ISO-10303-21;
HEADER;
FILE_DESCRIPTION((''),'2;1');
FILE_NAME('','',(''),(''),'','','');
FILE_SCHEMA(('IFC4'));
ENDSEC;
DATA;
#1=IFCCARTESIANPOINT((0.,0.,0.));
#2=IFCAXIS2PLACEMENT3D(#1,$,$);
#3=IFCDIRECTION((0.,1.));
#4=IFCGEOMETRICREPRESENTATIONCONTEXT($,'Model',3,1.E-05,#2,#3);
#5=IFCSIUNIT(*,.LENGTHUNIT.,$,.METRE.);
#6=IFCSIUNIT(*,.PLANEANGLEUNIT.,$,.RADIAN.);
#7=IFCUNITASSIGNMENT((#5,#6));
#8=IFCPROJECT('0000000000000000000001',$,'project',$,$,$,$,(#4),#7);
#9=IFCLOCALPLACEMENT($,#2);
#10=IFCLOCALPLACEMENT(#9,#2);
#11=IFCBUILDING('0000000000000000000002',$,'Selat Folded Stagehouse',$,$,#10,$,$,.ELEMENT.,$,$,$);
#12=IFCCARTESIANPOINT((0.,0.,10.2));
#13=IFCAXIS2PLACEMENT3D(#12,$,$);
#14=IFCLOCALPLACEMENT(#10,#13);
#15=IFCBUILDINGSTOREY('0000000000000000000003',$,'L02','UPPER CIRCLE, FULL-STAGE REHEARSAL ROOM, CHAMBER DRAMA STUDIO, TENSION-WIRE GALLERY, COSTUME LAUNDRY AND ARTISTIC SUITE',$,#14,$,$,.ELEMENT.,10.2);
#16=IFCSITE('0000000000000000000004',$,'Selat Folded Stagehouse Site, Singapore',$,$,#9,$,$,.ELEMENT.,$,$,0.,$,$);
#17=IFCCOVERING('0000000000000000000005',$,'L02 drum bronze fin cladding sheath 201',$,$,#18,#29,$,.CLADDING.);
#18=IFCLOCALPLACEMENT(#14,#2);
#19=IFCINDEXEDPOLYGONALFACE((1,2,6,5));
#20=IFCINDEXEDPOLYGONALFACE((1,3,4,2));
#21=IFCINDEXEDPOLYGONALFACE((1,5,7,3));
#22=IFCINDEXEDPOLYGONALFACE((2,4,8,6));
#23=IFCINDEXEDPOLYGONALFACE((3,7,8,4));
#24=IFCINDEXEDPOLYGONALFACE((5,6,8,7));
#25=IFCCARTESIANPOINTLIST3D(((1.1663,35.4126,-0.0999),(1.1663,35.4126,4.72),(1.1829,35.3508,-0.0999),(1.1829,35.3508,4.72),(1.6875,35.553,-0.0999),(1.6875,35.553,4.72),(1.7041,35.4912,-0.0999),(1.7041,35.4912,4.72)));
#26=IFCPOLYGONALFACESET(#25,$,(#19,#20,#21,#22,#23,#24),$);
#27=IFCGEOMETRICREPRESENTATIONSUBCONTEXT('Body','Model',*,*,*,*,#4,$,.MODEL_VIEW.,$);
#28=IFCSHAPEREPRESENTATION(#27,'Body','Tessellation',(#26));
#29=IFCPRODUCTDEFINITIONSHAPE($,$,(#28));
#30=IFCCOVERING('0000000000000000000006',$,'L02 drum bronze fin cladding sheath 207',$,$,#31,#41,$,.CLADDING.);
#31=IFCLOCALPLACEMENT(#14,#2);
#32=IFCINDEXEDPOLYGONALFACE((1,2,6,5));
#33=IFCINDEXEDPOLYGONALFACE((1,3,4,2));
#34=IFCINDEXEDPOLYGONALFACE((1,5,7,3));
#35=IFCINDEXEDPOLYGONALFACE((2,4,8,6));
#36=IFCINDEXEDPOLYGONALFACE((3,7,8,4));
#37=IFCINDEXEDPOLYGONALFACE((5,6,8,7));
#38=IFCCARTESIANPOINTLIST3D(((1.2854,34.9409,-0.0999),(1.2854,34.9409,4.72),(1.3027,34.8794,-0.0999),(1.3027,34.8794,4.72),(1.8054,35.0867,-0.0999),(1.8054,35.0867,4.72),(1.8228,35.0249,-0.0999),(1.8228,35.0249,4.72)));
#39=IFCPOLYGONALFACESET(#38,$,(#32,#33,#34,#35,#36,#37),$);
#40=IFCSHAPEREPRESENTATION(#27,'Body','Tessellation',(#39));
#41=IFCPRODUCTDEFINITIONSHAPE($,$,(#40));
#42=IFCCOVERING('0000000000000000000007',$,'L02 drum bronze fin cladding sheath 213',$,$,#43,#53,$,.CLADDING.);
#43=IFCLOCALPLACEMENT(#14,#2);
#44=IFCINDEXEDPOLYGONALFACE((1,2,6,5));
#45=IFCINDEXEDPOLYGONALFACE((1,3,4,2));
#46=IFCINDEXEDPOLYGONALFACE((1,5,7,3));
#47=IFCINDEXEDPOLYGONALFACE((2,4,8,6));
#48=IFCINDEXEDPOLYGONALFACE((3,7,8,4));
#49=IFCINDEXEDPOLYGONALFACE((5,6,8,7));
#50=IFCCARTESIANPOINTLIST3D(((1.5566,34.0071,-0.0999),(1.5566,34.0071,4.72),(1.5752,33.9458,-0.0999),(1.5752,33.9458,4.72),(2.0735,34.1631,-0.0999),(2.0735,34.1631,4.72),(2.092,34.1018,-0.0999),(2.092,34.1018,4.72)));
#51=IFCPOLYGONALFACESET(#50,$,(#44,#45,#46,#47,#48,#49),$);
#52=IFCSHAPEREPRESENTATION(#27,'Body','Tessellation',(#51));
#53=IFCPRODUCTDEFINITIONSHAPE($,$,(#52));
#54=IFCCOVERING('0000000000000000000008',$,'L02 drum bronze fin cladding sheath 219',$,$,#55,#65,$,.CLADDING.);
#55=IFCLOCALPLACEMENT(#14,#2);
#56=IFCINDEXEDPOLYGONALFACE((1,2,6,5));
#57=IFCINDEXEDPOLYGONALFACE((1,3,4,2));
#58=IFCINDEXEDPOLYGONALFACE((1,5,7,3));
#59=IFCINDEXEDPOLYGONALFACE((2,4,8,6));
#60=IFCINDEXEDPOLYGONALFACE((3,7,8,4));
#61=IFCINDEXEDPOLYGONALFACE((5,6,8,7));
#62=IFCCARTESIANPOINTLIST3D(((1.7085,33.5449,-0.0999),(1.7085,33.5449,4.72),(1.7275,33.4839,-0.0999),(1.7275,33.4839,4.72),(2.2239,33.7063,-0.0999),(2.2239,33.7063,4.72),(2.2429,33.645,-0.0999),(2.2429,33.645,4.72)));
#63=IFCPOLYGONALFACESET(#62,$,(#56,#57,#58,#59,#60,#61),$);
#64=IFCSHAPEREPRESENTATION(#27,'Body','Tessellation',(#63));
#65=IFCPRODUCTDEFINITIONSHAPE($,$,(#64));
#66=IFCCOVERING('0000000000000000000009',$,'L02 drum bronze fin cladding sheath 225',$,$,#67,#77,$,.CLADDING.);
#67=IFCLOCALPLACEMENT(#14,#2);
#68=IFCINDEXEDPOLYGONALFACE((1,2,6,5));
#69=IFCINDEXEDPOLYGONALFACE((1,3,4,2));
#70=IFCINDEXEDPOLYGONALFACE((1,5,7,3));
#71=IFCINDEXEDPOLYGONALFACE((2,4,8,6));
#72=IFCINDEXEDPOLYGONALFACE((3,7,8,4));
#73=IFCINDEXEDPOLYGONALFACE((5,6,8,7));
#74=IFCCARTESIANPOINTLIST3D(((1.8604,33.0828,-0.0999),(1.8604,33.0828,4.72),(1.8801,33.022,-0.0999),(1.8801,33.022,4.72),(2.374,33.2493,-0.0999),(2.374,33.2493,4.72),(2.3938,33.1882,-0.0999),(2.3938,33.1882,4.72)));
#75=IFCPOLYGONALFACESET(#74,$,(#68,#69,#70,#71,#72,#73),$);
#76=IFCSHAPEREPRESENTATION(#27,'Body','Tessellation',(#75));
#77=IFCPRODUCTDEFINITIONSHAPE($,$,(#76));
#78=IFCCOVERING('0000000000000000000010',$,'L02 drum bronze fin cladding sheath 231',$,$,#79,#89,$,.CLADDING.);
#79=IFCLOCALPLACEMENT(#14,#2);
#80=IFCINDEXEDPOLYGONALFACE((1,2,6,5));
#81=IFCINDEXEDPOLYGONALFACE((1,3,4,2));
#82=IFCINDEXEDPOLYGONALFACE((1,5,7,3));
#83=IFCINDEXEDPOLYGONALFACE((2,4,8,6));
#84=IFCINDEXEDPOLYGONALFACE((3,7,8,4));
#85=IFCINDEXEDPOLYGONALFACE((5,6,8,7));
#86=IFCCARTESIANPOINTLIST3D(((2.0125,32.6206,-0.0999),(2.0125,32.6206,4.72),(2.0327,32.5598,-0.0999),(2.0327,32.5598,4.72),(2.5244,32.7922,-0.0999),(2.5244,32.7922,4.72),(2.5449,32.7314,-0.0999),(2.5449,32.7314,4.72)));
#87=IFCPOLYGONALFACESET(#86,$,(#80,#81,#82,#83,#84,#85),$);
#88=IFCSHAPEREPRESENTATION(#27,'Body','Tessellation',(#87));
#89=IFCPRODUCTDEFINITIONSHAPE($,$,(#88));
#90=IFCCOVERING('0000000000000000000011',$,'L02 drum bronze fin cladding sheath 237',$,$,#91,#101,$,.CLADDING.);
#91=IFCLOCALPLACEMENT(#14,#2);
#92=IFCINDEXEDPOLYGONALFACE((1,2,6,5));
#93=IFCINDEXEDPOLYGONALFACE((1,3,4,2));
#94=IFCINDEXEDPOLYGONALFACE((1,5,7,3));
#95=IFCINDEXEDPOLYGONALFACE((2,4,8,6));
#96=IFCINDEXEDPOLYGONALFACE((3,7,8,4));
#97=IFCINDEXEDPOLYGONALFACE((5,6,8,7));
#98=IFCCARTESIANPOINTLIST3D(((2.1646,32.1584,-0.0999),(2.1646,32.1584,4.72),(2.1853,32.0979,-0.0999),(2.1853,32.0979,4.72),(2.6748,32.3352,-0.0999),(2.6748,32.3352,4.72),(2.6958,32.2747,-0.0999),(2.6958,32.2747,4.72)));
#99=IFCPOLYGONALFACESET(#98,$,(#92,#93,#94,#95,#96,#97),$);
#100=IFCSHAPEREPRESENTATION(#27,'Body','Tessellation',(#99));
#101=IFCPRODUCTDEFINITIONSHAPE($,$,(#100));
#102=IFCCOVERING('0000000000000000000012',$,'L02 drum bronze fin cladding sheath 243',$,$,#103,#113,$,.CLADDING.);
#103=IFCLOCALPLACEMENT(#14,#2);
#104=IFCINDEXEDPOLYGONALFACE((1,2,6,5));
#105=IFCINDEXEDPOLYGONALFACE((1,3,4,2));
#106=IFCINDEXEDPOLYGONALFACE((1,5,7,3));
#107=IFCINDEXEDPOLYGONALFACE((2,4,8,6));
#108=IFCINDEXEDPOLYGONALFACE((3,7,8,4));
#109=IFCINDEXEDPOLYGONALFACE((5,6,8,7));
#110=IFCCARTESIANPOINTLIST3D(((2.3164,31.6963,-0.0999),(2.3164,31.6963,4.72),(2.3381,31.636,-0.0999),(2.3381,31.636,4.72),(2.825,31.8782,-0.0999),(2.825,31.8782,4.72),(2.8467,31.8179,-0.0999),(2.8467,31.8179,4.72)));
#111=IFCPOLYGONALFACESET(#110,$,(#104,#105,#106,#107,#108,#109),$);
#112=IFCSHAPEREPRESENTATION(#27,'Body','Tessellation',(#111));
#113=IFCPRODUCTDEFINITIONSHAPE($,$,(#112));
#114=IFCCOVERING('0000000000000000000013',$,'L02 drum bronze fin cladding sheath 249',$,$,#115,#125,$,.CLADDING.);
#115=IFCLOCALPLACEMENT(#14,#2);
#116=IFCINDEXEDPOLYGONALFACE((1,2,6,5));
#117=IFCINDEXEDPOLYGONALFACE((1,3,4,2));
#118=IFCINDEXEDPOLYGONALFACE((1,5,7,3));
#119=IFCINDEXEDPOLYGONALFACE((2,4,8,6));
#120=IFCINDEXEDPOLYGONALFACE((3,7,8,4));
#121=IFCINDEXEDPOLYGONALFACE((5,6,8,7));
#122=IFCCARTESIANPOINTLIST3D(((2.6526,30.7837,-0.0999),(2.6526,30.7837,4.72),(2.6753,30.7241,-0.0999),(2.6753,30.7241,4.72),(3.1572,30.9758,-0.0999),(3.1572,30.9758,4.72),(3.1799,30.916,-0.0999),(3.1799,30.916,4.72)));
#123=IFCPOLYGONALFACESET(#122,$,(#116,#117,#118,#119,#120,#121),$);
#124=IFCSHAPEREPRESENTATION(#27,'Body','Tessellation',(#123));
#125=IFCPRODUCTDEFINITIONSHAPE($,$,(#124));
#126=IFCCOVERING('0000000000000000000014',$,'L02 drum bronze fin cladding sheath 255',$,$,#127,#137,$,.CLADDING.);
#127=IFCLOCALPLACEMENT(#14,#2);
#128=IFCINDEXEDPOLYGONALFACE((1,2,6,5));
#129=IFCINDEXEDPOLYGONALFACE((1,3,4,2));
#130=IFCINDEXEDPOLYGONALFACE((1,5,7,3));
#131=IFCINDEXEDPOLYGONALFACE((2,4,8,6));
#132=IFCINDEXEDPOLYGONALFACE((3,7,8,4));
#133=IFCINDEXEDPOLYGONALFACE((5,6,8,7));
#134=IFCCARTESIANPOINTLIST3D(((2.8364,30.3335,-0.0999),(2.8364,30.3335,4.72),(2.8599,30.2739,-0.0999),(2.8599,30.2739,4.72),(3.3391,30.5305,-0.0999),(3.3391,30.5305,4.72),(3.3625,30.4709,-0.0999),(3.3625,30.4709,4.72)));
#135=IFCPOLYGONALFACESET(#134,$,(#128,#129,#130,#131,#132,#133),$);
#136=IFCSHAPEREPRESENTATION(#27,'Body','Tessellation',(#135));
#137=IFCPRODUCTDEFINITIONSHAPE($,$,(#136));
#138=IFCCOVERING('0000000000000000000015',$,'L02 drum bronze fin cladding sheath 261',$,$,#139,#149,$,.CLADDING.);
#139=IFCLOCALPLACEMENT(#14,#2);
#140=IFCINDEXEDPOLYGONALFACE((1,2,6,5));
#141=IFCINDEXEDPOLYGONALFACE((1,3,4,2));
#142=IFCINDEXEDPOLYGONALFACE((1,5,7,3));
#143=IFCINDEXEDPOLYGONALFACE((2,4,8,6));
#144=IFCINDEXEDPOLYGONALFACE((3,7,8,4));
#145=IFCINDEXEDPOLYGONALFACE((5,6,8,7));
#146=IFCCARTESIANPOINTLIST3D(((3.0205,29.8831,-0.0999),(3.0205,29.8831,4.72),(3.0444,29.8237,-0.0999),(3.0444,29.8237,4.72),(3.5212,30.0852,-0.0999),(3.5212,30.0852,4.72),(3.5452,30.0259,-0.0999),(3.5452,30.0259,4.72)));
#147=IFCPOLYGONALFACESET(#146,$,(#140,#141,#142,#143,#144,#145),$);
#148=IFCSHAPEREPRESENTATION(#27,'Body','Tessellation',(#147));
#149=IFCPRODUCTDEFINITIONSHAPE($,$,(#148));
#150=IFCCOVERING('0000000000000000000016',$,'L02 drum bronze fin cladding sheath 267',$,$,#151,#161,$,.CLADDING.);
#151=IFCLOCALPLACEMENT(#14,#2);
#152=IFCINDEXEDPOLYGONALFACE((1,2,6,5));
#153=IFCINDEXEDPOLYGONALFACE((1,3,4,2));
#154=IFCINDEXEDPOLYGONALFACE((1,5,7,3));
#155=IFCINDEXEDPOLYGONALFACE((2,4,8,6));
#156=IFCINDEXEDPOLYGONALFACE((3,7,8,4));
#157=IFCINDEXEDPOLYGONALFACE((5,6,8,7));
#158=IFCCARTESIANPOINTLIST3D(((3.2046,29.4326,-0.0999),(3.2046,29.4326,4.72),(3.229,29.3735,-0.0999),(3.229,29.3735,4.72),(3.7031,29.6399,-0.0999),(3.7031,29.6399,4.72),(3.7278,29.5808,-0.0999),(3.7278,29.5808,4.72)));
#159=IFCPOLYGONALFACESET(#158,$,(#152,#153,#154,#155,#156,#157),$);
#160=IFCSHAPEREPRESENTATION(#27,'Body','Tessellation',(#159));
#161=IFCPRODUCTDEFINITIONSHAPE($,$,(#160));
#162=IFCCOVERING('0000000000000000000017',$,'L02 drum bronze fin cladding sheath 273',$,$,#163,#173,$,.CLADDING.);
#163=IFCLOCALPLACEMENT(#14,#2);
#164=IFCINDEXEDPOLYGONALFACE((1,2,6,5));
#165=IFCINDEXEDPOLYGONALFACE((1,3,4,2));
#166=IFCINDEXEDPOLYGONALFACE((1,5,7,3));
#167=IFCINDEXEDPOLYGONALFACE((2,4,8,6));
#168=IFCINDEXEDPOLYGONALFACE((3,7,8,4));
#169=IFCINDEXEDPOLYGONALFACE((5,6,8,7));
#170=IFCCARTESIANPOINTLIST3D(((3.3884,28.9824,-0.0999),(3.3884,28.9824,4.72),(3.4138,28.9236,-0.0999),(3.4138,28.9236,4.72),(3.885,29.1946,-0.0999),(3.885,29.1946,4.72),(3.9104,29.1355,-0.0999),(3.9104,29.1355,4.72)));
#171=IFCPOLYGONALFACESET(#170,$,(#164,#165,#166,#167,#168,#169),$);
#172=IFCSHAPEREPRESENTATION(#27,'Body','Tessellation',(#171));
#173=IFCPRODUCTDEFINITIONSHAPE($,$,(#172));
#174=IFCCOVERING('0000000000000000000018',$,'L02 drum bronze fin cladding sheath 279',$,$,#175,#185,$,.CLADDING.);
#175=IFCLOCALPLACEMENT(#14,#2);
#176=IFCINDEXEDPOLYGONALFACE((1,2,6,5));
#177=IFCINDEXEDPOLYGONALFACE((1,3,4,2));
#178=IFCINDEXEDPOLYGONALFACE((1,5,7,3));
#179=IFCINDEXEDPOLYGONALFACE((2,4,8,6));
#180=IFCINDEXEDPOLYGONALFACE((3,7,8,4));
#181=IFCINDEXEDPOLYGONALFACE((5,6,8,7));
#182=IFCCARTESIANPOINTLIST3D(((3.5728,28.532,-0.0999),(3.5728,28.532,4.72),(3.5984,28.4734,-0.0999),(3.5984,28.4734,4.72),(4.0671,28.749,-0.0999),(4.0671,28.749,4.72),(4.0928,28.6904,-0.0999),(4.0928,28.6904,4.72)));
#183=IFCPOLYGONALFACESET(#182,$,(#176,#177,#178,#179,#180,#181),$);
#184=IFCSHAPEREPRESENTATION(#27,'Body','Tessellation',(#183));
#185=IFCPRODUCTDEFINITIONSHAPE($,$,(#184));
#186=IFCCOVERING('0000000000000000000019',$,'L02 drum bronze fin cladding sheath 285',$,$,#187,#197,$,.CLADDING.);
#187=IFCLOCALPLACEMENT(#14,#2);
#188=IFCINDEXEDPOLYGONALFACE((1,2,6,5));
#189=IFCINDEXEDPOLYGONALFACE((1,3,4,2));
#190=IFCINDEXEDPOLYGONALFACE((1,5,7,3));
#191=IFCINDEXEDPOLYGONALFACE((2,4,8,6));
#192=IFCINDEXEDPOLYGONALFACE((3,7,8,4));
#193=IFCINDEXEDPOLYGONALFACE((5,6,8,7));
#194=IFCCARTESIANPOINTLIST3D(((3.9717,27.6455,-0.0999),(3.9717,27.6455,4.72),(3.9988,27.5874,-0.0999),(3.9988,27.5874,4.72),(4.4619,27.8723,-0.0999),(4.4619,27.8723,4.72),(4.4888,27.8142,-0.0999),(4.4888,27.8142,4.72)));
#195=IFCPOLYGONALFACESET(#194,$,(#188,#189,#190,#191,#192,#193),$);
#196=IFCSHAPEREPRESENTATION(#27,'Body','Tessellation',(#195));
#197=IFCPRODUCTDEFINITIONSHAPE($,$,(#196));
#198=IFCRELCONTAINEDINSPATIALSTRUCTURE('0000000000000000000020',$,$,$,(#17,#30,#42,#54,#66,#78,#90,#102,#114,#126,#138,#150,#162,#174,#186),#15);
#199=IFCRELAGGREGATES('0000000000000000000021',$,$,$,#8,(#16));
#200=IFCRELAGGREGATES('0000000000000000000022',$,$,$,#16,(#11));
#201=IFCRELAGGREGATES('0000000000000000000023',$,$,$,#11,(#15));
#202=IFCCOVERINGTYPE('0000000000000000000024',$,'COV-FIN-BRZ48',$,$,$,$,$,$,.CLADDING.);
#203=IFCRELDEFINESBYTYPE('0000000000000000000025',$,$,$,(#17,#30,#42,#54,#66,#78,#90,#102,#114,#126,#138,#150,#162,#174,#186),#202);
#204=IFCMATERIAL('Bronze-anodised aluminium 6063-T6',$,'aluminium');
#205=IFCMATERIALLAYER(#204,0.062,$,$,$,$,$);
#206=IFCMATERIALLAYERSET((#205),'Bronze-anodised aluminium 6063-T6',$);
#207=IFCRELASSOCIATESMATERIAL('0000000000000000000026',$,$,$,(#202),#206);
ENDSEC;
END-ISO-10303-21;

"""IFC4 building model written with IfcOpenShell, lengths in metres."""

from ifc_helpers import new_model, si_unit, direction, frame, origin, place, context, subcontext, project, spatial, polyline, outline, extrude, material, layer, layer_set, type_object, element, save


model = new_model("IFC4")

# Units and contexts
model_context = context("Model", 3, precision=1e-05, world=origin(), true_north=direction((0.0, 1.0)))
body_context = subcontext(model_context, "Body", "Model", "MODEL_VIEW")
ifc_project = project(units=[si_unit("LENGTHUNIT", "METRE"), si_unit("PLANEANGLEUNIT", "RADIAN")], contexts=[model_context])

# Site, building, storey
site_placement = place(None, origin())
site = spatial("IfcSite", under=ifc_project, at=site_placement, Name="Selat Folded Stagehouse Site, Singapore", CompositionType="ELEMENT", RefElevation=0.0)
building_placement = place(site_placement, origin())
building = spatial("IfcBuilding", under=site, at=building_placement, Name="Selat Folded Stagehouse", CompositionType="ELEMENT")
storey_placement = place(building_placement, frame((0.0, 0.0, 10.2)))
storey = spatial("IfcBuildingStorey", under=building, at=storey_placement, Name="L02", Description="UPPER CIRCLE, FULL-STAGE REHEARSAL ROOM, CHAMBER DRAMA STUDIO, TENSION-WIRE GALLERY, COSTUME LAUNDRY AND ARTISTIC SUITE", CompositionType="ELEMENT", Elevation=10.2)

# Coverings
ifc_material = material(Name="Bronze-anodised aluminium 6063-T6", Category="aluminium")
ifc_layer = layer(ifc_material, 0.062)
ifc_layer_set = layer_set([ifc_layer], Name="Bronze-anodised aluminium 6063-T6")
covering_type = type_object("IfcCoveringType", Name="COV-FIN-BRZ48", PredefinedType="CLADDING", material=ifc_layer_set)
covering_1_placement = place(storey_placement, frame((0.0, 0.0, -0.0999)))
element("IfcCovering", 1, at=covering_1_placement, inside=storey, type_object=covering_type, Name="L02 drum bronze fin cladding sheath 201", PredefinedType="CLADDING", context=body_context, shape_type="SweptSolid", body=[
    extrude(outline(polyline([(1.6875, 35.553), (1.1663, 35.4126), (1.1829, 35.3508), (1.7041, 35.4912), (1.6875, 35.553)])), origin(), (0.0, 0.0, 1.0), 4.8198),
])
covering_2_placement = place(storey_placement, frame((0.0, 0.0, -0.0999)))
element("IfcCovering", 2, at=covering_2_placement, inside=storey, type_object=covering_type, Name="L02 drum bronze fin cladding sheath 207", PredefinedType="CLADDING", context=body_context, shape_type="SweptSolid", body=[
    extrude(outline(polyline([(1.8054, 35.0867), (1.2854, 34.9409), (1.3027, 34.8794), (1.8228, 35.0249), (1.8054, 35.0867)])), origin(), (0.0, 0.0, 1.0), 4.8198),
])
covering_3_placement = place(storey_placement, frame((0.0, 0.0, -0.0999)))
element("IfcCovering", 3, at=covering_3_placement, inside=storey, type_object=covering_type, Name="L02 drum bronze fin cladding sheath 213", PredefinedType="CLADDING", context=body_context, shape_type="SweptSolid", body=[
    extrude(outline(polyline([(2.0735, 34.1631), (1.5566, 34.0071), (1.5752, 33.9458), (2.092, 34.1018), (2.0735, 34.1631)])), origin(), (0.0, 0.0, 1.0), 4.8198),
])
covering_4_placement = place(storey_placement, frame((0.0, 0.0, -0.0999)))
element("IfcCovering", 4, at=covering_4_placement, inside=storey, type_object=covering_type, Name="L02 drum bronze fin cladding sheath 219", PredefinedType="CLADDING", context=body_context, shape_type="SweptSolid", body=[
    extrude(outline(polyline([(2.2239, 33.7063), (1.7085, 33.5449), (1.7275, 33.4839), (2.2429, 33.645), (2.2239, 33.7063)])), origin(), (0.0, 0.0, 1.0), 4.8198),
])
covering_5_placement = place(storey_placement, frame((0.0, 0.0, -0.0999)))
element("IfcCovering", 5, at=covering_5_placement, inside=storey, type_object=covering_type, Name="L02 drum bronze fin cladding sheath 225", PredefinedType="CLADDING", context=body_context, shape_type="SweptSolid", body=[
    extrude(outline(polyline([(2.374, 33.2493), (1.8604, 33.0828), (1.8801, 33.022), (2.3938, 33.1882), (2.374, 33.2493)])), origin(), (0.0, 0.0, 1.0), 4.8198),
])
covering_6_placement = place(storey_placement, frame((0.0, 0.0, -0.0999)))
element("IfcCovering", 6, at=covering_6_placement, inside=storey, type_object=covering_type, Name="L02 drum bronze fin cladding sheath 231", PredefinedType="CLADDING", context=body_context, shape_type="SweptSolid", body=[
    extrude(outline(polyline([(2.5244, 32.7922), (2.0125, 32.6206), (2.0327, 32.5598), (2.5449, 32.7314), (2.5244, 32.7922)])), origin(), (0.0, 0.0, 1.0), 4.8198),
])
covering_7_placement = place(storey_placement, frame((0.0, 0.0, -0.0999)))
element("IfcCovering", 7, at=covering_7_placement, inside=storey, type_object=covering_type, Name="L02 drum bronze fin cladding sheath 237", PredefinedType="CLADDING", context=body_context, shape_type="SweptSolid", body=[
    extrude(outline(polyline([(2.6748, 32.3352), (2.1646, 32.1584), (2.1853, 32.0979), (2.6958, 32.2747), (2.6748, 32.3352)])), origin(), (0.0, 0.0, 1.0), 4.8198),
])
covering_8_placement = place(storey_placement, frame((0.0, 0.0, -0.0999)))
element("IfcCovering", 8, at=covering_8_placement, inside=storey, type_object=covering_type, Name="L02 drum bronze fin cladding sheath 243", PredefinedType="CLADDING", context=body_context, shape_type="SweptSolid", body=[
    extrude(outline(polyline([(2.825, 31.8782), (2.3164, 31.6963), (2.3381, 31.636), (2.8467, 31.8179), (2.825, 31.8782)])), origin(), (0.0, 0.0, 1.0), 4.8198),
])
covering_9_placement = place(storey_placement, frame((0.0, 0.0, -0.0999)))
element("IfcCovering", 9, at=covering_9_placement, inside=storey, type_object=covering_type, Name="L02 drum bronze fin cladding sheath 249", PredefinedType="CLADDING", context=body_context, shape_type="SweptSolid", body=[
    extrude(outline(polyline([(3.1572, 30.9758), (2.6526, 30.7837), (2.6753, 30.7241), (3.1799, 30.916), (3.1572, 30.9758)])), origin(), (0.0, 0.0, 1.0), 4.8198),
])
covering_10_placement = place(storey_placement, frame((0.0, 0.0, -0.0999)))
element("IfcCovering", 10, at=covering_10_placement, inside=storey, type_object=covering_type, Name="L02 drum bronze fin cladding sheath 255", PredefinedType="CLADDING", context=body_context, shape_type="SweptSolid", body=[
    extrude(outline(polyline([(3.3391, 30.5305), (2.8364, 30.3335), (2.8599, 30.2739), (3.3625, 30.4709), (3.3391, 30.5305)])), origin(), (0.0, 0.0, 1.0), 4.8198),
])
covering_11_placement = place(storey_placement, frame((0.0, 0.0, -0.0999)))
element("IfcCovering", 11, at=covering_11_placement, inside=storey, type_object=covering_type, Name="L02 drum bronze fin cladding sheath 261", PredefinedType="CLADDING", context=body_context, shape_type="SweptSolid", body=[
    extrude(outline(polyline([(3.5212, 30.0852), (3.0205, 29.8831), (3.0444, 29.8237), (3.5452, 30.0259), (3.5212, 30.0852)])), origin(), (0.0, 0.0, 1.0), 4.8198),
])
covering_12_placement = place(storey_placement, frame((0.0, 0.0, -0.0999)))
element("IfcCovering", 12, at=covering_12_placement, inside=storey, type_object=covering_type, Name="L02 drum bronze fin cladding sheath 267", PredefinedType="CLADDING", context=body_context, shape_type="SweptSolid", body=[
    extrude(outline(polyline([(3.7031, 29.6399), (3.2046, 29.4326), (3.229, 29.3735), (3.7278, 29.5808), (3.7031, 29.6399)])), origin(), (0.0, 0.0, 1.0), 4.8198),
])
covering_13_placement = place(storey_placement, frame((0.0, 0.0, -0.0999)))
element("IfcCovering", 13, at=covering_13_placement, inside=storey, type_object=covering_type, Name="L02 drum bronze fin cladding sheath 273", PredefinedType="CLADDING", context=body_context, shape_type="SweptSolid", body=[
    extrude(outline(polyline([(3.885, 29.1946), (3.3884, 28.9824), (3.4138, 28.9236), (3.9104, 29.1355), (3.885, 29.1946)])), origin(), (0.0, 0.0, 1.0), 4.8198),
])
covering_14_placement = place(storey_placement, frame((0.0, 0.0, -0.0999)))
element("IfcCovering", 14, at=covering_14_placement, inside=storey, type_object=covering_type, Name="L02 drum bronze fin cladding sheath 279", PredefinedType="CLADDING", context=body_context, shape_type="SweptSolid", body=[
    extrude(outline(polyline([(4.0671, 28.749), (3.5728, 28.532), (3.5984, 28.4734), (4.0928, 28.6904), (4.0671, 28.749)])), origin(), (0.0, 0.0, 1.0), 4.8198),
])
covering_15_placement = place(storey_placement, frame((0.0, 0.0, -0.0999)))
element("IfcCovering", 15, at=covering_15_placement, inside=storey, type_object=covering_type, Name="L02 drum bronze fin cladding sheath 285", PredefinedType="CLADDING", context=body_context, shape_type="SweptSolid", body=[
    extrude(outline(polyline([(4.4619, 27.8723), (3.9717, 27.6455), (3.9988, 27.5874), (4.4888, 27.8142), (4.4619, 27.8723)])), origin(), (0.0, 0.0, 1.0), 4.8198),
])

save(model, "model.ifc")
